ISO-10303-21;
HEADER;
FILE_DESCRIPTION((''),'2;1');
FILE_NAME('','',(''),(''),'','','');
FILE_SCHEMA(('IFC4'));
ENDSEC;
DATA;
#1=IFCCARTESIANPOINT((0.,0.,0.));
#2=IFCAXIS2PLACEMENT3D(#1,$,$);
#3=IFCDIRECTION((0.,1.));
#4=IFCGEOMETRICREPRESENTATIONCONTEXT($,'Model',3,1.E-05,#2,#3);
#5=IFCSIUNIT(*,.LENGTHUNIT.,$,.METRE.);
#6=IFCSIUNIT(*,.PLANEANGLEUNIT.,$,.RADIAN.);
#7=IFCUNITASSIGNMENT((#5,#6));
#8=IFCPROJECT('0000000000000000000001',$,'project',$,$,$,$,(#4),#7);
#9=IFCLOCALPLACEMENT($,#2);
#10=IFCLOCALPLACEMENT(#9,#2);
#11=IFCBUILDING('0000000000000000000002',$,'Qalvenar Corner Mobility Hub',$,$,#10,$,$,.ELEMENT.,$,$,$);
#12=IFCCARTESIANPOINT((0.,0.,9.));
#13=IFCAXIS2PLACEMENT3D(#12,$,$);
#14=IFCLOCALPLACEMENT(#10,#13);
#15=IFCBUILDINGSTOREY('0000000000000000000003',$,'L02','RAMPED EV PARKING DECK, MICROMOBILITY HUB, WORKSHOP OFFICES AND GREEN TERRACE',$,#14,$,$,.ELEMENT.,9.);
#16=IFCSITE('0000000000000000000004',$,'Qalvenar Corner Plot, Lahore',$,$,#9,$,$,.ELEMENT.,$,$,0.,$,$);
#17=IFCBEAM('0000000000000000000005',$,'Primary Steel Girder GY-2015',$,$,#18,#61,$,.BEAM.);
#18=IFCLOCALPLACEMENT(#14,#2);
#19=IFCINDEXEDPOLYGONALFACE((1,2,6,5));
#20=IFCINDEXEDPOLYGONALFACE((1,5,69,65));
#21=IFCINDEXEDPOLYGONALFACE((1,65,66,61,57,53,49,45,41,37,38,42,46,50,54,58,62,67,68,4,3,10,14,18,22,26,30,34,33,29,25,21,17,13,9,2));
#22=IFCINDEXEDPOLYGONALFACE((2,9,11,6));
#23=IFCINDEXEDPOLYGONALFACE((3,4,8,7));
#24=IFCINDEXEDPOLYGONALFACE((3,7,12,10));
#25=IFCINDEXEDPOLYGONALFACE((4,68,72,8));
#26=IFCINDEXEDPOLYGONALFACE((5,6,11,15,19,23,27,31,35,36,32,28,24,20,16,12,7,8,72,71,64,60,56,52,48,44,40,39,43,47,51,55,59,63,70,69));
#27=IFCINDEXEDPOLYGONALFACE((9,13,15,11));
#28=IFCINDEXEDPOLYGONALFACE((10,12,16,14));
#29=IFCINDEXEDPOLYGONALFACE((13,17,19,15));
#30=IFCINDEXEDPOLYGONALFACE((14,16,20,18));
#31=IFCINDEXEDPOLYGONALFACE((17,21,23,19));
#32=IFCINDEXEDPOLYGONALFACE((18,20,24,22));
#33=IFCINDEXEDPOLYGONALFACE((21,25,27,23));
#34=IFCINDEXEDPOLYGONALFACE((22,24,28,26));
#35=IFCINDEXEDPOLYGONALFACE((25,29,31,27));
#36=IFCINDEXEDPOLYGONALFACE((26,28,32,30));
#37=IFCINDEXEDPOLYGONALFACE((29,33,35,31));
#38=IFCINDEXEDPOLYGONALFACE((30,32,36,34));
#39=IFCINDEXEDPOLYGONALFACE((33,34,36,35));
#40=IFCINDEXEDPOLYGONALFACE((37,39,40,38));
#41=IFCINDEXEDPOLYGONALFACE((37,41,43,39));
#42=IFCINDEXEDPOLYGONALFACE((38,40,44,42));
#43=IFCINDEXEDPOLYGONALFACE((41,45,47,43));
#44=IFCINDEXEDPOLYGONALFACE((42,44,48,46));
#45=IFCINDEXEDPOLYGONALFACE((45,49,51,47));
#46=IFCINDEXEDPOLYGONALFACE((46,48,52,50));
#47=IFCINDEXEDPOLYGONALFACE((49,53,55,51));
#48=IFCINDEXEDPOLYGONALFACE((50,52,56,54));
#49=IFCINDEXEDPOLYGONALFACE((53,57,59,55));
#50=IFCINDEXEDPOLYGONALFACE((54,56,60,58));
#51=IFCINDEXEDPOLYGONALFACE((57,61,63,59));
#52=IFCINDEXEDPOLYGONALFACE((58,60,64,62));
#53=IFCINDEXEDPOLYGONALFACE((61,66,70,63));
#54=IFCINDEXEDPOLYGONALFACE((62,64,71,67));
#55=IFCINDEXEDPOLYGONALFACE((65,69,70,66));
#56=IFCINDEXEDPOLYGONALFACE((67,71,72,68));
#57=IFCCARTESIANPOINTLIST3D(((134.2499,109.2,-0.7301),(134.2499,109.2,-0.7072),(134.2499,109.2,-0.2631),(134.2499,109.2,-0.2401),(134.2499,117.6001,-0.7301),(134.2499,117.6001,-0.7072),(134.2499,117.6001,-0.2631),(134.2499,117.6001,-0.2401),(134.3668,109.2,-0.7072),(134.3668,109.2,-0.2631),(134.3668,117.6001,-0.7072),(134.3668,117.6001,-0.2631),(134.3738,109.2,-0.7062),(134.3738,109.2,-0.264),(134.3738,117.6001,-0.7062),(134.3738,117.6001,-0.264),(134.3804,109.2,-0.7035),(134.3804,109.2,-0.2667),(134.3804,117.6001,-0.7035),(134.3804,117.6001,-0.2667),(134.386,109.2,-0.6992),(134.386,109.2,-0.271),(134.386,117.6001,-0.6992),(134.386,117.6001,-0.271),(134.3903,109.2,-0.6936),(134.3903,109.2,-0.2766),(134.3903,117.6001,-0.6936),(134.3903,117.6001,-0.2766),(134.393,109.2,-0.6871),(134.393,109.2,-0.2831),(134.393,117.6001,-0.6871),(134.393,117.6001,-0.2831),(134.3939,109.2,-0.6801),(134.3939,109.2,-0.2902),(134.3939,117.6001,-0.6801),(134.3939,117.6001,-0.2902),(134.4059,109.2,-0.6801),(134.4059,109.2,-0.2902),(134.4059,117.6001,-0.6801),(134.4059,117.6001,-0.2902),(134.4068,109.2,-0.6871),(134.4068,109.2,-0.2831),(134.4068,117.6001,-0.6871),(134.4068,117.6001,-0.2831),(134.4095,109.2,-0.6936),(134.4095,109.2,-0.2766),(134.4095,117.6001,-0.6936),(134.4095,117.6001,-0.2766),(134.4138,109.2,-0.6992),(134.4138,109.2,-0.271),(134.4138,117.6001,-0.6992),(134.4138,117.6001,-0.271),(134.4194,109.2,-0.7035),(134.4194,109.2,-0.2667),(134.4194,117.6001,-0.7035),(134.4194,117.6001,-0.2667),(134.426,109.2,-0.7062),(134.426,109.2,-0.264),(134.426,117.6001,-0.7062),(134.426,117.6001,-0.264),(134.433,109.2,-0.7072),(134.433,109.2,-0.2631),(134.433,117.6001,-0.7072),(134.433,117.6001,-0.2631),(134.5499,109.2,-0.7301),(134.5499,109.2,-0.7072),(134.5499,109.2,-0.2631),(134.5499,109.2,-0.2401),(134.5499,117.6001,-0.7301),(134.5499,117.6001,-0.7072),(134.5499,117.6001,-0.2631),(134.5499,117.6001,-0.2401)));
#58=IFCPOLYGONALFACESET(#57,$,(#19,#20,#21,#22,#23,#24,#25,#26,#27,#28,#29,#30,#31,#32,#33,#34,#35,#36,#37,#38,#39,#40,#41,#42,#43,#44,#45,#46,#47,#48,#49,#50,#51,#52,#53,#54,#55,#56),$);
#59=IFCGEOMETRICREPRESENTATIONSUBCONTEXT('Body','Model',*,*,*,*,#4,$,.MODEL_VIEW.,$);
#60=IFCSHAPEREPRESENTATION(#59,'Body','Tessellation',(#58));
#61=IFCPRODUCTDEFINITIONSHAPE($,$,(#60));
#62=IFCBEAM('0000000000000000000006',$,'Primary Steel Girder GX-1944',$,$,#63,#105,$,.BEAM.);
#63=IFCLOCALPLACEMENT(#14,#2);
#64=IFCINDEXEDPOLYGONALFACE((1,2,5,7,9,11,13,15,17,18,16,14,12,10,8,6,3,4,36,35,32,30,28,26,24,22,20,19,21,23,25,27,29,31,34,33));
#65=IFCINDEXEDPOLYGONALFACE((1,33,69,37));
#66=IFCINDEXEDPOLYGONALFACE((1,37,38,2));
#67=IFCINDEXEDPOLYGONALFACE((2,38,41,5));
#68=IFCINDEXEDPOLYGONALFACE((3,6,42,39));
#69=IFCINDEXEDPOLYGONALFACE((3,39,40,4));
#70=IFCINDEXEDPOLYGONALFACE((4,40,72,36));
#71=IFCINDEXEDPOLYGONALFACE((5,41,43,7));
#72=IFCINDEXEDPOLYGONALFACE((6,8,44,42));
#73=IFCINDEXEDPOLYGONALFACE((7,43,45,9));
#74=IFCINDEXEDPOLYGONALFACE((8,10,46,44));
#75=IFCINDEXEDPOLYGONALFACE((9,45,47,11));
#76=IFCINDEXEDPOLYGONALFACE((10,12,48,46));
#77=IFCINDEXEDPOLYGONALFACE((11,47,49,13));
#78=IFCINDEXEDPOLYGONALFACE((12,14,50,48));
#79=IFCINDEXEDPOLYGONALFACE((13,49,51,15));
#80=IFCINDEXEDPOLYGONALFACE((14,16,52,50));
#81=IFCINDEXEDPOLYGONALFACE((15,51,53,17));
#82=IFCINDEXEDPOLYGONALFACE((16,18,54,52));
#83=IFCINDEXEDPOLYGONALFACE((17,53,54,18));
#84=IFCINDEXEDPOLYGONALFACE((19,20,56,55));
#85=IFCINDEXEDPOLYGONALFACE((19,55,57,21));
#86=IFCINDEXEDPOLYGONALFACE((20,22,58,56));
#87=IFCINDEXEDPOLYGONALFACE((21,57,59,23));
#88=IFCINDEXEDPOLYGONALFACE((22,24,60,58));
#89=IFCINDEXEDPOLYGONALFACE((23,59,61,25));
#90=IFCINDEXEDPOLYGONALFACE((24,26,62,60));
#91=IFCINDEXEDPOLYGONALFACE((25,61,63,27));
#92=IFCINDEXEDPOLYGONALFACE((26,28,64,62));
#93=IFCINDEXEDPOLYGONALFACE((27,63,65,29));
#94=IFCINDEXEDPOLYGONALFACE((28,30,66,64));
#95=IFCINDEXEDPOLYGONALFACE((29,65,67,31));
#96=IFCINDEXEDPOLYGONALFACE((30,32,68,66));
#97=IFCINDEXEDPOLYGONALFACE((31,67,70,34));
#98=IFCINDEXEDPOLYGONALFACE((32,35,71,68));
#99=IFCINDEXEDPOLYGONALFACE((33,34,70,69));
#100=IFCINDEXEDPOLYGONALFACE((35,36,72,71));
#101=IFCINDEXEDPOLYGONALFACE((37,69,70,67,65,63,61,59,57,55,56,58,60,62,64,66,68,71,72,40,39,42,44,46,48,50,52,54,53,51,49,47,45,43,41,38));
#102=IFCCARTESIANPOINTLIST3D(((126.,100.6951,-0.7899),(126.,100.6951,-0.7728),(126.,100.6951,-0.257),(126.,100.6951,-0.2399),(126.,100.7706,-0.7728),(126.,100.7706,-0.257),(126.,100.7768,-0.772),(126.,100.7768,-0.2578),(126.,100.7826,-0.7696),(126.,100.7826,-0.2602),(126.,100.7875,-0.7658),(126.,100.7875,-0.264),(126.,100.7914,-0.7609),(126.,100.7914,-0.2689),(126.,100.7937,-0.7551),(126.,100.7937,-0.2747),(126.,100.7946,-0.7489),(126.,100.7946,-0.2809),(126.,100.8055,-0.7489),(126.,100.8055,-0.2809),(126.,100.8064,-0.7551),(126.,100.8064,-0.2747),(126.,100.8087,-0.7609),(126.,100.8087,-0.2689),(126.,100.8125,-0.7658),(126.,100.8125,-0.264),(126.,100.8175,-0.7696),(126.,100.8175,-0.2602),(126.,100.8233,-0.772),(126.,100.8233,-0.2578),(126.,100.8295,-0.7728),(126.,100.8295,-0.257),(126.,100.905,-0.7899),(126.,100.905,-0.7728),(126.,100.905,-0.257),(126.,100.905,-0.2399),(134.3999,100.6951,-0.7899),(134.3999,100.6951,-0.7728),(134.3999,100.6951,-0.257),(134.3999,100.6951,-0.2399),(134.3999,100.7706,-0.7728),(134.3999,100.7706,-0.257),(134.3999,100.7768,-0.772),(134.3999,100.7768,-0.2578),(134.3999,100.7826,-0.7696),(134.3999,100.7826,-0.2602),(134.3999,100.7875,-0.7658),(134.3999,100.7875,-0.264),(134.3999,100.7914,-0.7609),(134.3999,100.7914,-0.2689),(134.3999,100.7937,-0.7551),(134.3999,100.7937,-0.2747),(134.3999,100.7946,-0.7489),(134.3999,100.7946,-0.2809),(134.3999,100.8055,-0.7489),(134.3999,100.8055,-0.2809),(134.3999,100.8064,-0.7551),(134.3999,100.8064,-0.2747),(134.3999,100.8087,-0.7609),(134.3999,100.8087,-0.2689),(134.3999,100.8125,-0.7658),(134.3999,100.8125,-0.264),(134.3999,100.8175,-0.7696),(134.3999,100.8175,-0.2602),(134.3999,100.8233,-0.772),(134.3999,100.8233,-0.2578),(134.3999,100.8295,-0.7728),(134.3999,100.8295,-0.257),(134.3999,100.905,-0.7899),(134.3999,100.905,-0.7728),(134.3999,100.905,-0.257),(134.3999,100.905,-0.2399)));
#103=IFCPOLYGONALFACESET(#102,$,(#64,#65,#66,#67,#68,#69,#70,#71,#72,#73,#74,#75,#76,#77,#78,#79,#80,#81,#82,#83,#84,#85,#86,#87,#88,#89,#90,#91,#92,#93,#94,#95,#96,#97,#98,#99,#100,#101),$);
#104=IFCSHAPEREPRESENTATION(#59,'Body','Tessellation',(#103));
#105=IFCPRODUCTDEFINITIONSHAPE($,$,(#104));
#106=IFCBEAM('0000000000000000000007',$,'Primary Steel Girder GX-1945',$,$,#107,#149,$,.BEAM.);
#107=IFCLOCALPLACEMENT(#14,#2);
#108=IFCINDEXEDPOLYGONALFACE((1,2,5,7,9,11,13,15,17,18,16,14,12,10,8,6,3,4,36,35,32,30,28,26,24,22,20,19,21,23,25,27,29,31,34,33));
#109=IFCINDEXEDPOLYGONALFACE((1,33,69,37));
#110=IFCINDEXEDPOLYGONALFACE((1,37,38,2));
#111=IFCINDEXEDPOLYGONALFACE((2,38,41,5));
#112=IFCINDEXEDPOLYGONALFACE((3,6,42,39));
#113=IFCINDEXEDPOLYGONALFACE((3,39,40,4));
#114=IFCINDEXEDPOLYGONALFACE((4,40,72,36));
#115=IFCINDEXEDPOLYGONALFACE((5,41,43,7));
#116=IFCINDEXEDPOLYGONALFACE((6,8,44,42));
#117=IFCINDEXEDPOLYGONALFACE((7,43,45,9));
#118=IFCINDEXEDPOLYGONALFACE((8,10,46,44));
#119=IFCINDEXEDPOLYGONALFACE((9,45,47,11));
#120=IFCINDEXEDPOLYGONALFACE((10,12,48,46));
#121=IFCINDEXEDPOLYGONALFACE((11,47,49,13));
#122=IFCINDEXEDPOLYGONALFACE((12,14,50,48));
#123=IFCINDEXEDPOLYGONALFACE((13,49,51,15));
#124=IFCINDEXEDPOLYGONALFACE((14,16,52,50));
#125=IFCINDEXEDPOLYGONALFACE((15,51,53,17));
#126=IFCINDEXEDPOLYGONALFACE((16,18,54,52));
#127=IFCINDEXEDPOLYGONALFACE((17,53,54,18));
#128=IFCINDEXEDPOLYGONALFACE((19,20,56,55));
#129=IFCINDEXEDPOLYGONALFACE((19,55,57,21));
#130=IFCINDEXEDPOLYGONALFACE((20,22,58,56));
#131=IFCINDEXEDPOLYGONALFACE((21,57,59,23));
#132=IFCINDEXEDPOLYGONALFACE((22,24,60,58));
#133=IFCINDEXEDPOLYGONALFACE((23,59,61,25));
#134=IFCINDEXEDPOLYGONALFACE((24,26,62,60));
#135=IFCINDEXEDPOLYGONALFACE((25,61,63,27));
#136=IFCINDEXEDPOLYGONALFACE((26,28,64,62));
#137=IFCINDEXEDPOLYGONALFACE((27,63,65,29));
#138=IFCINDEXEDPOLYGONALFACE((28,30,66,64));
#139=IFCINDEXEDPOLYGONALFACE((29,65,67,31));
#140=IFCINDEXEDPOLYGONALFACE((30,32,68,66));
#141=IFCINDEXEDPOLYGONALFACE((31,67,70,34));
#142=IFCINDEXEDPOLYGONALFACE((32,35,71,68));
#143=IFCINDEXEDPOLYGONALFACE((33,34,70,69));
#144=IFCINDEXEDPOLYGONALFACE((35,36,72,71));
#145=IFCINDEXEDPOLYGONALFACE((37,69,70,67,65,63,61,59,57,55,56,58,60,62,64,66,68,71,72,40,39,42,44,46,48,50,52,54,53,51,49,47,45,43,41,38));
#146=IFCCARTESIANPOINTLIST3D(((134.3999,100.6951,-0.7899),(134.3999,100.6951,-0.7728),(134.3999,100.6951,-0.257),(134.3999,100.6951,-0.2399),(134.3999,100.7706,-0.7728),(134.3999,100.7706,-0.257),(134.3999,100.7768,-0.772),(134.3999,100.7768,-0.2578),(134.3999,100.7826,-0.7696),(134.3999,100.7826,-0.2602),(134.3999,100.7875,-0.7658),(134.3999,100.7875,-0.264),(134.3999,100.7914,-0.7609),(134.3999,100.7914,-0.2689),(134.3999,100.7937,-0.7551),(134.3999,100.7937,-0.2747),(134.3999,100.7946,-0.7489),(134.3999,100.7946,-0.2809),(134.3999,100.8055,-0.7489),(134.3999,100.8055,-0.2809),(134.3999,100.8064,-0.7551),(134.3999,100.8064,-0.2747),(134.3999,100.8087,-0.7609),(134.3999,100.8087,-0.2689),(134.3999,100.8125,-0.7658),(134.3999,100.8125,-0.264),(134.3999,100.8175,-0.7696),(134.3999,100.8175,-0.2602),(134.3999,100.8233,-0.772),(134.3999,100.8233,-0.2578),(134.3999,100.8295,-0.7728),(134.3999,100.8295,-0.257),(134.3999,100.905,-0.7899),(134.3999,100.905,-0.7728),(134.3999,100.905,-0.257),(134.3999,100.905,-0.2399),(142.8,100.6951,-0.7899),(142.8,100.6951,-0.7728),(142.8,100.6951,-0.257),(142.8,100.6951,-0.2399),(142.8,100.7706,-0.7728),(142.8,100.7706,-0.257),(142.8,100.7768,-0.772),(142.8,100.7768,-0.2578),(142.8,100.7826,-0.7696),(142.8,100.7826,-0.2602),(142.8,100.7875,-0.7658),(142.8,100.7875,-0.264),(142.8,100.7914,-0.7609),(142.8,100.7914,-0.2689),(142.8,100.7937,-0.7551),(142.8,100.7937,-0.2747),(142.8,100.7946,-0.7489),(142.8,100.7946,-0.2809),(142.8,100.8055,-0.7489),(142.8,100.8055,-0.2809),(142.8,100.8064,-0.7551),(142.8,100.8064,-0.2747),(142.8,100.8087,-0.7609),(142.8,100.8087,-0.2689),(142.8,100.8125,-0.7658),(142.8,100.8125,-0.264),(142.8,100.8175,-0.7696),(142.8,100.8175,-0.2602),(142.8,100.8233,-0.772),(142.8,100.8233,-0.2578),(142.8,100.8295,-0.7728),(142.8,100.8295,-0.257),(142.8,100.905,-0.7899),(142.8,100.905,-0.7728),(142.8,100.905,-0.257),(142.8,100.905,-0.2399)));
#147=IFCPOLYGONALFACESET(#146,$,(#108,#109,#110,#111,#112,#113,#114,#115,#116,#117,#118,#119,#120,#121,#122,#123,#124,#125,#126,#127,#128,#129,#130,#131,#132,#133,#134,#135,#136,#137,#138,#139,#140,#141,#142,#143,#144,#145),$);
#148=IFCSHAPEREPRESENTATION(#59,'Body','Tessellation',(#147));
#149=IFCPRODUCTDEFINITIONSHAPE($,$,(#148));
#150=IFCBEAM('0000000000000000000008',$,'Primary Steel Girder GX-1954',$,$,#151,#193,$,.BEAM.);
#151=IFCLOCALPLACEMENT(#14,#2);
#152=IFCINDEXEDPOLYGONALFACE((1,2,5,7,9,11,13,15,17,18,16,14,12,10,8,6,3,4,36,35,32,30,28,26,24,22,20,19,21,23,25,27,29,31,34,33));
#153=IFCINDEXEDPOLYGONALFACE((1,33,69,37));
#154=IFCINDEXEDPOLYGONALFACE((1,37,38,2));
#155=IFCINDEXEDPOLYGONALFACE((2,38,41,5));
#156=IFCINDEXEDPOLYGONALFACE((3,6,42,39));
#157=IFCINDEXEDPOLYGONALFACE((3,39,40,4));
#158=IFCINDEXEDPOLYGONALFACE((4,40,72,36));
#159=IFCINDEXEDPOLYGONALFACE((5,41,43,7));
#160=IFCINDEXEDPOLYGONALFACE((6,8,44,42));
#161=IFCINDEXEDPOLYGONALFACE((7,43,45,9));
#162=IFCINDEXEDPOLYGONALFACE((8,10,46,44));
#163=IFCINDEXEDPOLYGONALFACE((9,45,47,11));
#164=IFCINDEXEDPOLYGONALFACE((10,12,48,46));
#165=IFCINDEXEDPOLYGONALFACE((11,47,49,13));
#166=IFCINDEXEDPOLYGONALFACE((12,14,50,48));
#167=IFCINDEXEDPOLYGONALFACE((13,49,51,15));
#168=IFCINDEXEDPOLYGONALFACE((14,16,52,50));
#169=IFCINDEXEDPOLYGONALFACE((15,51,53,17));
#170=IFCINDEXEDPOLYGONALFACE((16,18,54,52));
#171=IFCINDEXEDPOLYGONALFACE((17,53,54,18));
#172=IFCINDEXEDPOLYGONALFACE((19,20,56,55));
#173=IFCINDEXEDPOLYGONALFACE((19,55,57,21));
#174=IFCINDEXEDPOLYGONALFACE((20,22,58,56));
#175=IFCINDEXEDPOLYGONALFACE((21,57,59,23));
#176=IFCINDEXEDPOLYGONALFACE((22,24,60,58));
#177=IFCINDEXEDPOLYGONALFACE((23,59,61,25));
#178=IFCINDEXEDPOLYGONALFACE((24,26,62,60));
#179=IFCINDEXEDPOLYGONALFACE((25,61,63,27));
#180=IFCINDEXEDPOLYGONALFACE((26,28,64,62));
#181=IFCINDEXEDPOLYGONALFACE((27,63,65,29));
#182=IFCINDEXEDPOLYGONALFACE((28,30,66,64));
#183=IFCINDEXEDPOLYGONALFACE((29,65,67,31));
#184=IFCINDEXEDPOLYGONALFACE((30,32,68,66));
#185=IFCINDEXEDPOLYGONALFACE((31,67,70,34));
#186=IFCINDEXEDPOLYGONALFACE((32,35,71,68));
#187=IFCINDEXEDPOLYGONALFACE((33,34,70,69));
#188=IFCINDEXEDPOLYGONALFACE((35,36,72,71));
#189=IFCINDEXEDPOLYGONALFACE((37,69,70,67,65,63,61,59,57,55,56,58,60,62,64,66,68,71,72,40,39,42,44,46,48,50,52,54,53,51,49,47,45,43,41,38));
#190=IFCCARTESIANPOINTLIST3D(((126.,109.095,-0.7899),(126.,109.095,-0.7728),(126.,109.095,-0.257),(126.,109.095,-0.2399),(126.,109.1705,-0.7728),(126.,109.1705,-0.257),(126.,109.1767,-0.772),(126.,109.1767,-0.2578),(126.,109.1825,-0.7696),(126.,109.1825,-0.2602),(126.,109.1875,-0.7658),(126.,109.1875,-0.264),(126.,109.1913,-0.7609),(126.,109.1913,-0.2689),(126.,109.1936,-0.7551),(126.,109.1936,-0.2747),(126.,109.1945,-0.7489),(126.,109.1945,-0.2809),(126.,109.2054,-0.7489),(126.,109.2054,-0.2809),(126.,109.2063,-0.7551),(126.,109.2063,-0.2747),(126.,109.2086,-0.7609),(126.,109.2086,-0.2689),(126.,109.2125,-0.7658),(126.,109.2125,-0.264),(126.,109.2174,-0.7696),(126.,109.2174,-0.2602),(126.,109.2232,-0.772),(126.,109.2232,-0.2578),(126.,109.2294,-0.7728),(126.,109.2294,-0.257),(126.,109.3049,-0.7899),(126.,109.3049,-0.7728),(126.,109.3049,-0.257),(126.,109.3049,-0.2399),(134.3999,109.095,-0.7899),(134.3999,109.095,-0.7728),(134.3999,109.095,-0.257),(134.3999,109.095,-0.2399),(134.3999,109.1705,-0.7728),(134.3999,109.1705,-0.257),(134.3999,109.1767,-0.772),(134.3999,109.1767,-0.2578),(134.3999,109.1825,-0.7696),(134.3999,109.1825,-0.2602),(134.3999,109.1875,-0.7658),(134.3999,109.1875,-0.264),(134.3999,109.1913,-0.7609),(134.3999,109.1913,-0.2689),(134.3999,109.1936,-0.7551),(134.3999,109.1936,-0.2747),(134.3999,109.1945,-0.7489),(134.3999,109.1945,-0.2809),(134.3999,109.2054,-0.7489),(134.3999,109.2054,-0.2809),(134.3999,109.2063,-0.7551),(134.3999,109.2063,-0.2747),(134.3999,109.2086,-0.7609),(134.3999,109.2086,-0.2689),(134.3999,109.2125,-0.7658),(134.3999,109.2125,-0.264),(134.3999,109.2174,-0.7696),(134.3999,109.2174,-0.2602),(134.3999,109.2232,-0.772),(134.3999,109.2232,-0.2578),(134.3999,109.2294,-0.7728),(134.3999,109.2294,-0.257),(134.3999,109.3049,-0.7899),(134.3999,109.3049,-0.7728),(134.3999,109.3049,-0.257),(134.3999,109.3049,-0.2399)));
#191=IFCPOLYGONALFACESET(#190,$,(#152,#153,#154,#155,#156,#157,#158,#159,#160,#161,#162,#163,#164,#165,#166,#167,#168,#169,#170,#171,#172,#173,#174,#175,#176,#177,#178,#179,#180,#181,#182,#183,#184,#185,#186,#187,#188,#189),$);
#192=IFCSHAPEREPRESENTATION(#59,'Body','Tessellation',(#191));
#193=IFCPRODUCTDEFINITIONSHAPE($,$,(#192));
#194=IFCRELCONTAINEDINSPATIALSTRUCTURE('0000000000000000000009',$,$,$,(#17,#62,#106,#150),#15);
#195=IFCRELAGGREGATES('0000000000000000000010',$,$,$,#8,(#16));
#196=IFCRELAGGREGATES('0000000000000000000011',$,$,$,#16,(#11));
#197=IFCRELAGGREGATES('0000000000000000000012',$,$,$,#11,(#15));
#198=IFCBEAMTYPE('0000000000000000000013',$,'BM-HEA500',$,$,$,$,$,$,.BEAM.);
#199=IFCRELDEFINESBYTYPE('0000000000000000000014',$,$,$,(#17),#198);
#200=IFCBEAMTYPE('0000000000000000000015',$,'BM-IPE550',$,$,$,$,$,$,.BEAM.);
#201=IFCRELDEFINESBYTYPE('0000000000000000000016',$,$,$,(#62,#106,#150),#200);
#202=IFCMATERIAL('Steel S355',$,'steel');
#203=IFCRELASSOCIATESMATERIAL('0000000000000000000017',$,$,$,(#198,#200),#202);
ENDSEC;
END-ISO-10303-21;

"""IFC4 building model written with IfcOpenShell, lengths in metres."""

from ifc_helpers import new_model, si_unit, direction, frame, origin, origin_2d, place, context, subcontext, project, spatial, i_section, extrude, material, material_profile, profile_set, type_object, element, save


model = new_model("IFC4")

# Units and contexts
model_context = context("Model", 3, precision=1e-05, world=origin(), true_north=direction((0.0, 1.0)))
body_context = subcontext(model_context, "Body", "Model", "MODEL_VIEW")
ifc_project = project(units=[si_unit("LENGTHUNIT", "METRE"), si_unit("PLANEANGLEUNIT", "RADIAN")], contexts=[model_context])

# Site, building, storey
site_placement = place(None, origin())
site = spatial("IfcSite", under=ifc_project, at=site_placement, Name="Qalvenar Corner Plot, Lahore", CompositionType="ELEMENT", RefElevation=0.0)
building_placement = place(site_placement, origin())
building = spatial("IfcBuilding", under=site, at=building_placement, Name="Qalvenar Corner Mobility Hub", CompositionType="ELEMENT")
storey_placement = place(building_placement, frame((0.0, 0.0, 9.0)))
storey = spatial("IfcBuildingStorey", under=building, at=storey_placement, Name="L02", Description="RAMPED EV PARKING DECK, MICROMOBILITY HUB, WORKSHOP OFFICES AND GREEN TERRACE", CompositionType="ELEMENT", Elevation=9.0)

# Shared definitions
ifc_material_1 = material(Name="Steel S355", Category="steel")

# Beams
ifc_material_profile_1 = material_profile(ifc_material_1, i_section(OverallWidth=0.3, OverallDepth=0.49, WebThickness=0.012, FlangeThickness=0.0229, FilletRadius=0.0271, at=origin_2d()), Name="HEA500")
ifc_profile_set_1 = profile_set([ifc_material_profile_1], Name="Steel S355")
beam_type_1 = type_object("IfcBeamType", Name="BM-HEA500", PredefinedType="BEAM", material=ifc_profile_set_1)
beam_1_placement = place(storey_placement, frame((134.3999, 109.2, -0.4851), z_axis=(0.0, 1.0, 0.0), x_axis=(-1.0, 0.0, 0.0)))
element("IfcBeam", 1, at=beam_1_placement, inside=storey, type_object=beam_type_1, Name="Primary Steel Girder GY-2015", PredefinedType="BEAM", context=body_context, shape_type="SweptSolid", body=[
    extrude(i_section(OverallWidth=0.3, OverallDepth=0.49, WebThickness=0.012, FlangeThickness=0.0229, FilletRadius=0.0271, at=origin_2d()), origin(), (0.0, 0.0, 1.0), 8.4001),
])
ifc_material_profile_2 = material_profile(ifc_material_1, i_section(OverallWidth=0.21, OverallDepth=0.55, WebThickness=0.011, FlangeThickness=0.0171, FilletRadius=0.0239, at=origin_2d()), Name="IPE550")
ifc_profile_set_2 = profile_set([ifc_material_profile_2], Name="Steel S355")
beam_type_2 = type_object("IfcBeamType", Name="BM-IPE550", PredefinedType="BEAM", material=ifc_profile_set_2)
beam_2_placement = place(storey_placement, frame((126.0, 100.8, -0.5149), z_axis=(1.0, 0.0, 0.0), x_axis=(0.0, 1.0, 0.0)))
element("IfcBeam", 2, at=beam_2_placement, inside=storey, type_object=beam_type_2, Name="Primary Steel Girder GX-1944", PredefinedType="BEAM", context=body_context, shape_type="SweptSolid", body=[
    extrude(i_section(OverallWidth=0.21, OverallDepth=0.55, WebThickness=0.011, FlangeThickness=0.0171, FilletRadius=0.0239, at=origin_2d()), origin(), (0.0, 0.0, 1.0), 8.3999),
])
beam_3_placement = place(storey_placement, frame((134.3999, 100.8, -0.5149), z_axis=(1.0, 0.0, 0.0), x_axis=(0.0, 1.0, 0.0)))
element("IfcBeam", 3, at=beam_3_placement, inside=storey, type_object=beam_type_2, Name="Primary Steel Girder GX-1945", PredefinedType="BEAM", context=body_context, shape_type="SweptSolid", body=[
    extrude(i_section(OverallWidth=0.21, OverallDepth=0.55, WebThickness=0.011, FlangeThickness=0.0171, FilletRadius=0.0239, at=origin_2d()), origin(), (0.0, 0.0, 1.0), 8.4001),
])
beam_4_placement = place(storey_placement, frame((126.0, 109.2, -0.5149), z_axis=(1.0, 0.0, 0.0), x_axis=(0.0, 1.0, 0.0)))
element("IfcBeam", 4, at=beam_4_placement, inside=storey, type_object=beam_type_2, Name="Primary Steel Girder GX-1954", PredefinedType="BEAM", context=body_context, shape_type="SweptSolid", body=[
    extrude(i_section(OverallWidth=0.21, OverallDepth=0.55, WebThickness=0.011, FlangeThickness=0.0171, FilletRadius=0.0239, at=origin_2d()), origin(), (0.0, 0.0, 1.0), 8.3999),
])

save(model, "model.ifc")
